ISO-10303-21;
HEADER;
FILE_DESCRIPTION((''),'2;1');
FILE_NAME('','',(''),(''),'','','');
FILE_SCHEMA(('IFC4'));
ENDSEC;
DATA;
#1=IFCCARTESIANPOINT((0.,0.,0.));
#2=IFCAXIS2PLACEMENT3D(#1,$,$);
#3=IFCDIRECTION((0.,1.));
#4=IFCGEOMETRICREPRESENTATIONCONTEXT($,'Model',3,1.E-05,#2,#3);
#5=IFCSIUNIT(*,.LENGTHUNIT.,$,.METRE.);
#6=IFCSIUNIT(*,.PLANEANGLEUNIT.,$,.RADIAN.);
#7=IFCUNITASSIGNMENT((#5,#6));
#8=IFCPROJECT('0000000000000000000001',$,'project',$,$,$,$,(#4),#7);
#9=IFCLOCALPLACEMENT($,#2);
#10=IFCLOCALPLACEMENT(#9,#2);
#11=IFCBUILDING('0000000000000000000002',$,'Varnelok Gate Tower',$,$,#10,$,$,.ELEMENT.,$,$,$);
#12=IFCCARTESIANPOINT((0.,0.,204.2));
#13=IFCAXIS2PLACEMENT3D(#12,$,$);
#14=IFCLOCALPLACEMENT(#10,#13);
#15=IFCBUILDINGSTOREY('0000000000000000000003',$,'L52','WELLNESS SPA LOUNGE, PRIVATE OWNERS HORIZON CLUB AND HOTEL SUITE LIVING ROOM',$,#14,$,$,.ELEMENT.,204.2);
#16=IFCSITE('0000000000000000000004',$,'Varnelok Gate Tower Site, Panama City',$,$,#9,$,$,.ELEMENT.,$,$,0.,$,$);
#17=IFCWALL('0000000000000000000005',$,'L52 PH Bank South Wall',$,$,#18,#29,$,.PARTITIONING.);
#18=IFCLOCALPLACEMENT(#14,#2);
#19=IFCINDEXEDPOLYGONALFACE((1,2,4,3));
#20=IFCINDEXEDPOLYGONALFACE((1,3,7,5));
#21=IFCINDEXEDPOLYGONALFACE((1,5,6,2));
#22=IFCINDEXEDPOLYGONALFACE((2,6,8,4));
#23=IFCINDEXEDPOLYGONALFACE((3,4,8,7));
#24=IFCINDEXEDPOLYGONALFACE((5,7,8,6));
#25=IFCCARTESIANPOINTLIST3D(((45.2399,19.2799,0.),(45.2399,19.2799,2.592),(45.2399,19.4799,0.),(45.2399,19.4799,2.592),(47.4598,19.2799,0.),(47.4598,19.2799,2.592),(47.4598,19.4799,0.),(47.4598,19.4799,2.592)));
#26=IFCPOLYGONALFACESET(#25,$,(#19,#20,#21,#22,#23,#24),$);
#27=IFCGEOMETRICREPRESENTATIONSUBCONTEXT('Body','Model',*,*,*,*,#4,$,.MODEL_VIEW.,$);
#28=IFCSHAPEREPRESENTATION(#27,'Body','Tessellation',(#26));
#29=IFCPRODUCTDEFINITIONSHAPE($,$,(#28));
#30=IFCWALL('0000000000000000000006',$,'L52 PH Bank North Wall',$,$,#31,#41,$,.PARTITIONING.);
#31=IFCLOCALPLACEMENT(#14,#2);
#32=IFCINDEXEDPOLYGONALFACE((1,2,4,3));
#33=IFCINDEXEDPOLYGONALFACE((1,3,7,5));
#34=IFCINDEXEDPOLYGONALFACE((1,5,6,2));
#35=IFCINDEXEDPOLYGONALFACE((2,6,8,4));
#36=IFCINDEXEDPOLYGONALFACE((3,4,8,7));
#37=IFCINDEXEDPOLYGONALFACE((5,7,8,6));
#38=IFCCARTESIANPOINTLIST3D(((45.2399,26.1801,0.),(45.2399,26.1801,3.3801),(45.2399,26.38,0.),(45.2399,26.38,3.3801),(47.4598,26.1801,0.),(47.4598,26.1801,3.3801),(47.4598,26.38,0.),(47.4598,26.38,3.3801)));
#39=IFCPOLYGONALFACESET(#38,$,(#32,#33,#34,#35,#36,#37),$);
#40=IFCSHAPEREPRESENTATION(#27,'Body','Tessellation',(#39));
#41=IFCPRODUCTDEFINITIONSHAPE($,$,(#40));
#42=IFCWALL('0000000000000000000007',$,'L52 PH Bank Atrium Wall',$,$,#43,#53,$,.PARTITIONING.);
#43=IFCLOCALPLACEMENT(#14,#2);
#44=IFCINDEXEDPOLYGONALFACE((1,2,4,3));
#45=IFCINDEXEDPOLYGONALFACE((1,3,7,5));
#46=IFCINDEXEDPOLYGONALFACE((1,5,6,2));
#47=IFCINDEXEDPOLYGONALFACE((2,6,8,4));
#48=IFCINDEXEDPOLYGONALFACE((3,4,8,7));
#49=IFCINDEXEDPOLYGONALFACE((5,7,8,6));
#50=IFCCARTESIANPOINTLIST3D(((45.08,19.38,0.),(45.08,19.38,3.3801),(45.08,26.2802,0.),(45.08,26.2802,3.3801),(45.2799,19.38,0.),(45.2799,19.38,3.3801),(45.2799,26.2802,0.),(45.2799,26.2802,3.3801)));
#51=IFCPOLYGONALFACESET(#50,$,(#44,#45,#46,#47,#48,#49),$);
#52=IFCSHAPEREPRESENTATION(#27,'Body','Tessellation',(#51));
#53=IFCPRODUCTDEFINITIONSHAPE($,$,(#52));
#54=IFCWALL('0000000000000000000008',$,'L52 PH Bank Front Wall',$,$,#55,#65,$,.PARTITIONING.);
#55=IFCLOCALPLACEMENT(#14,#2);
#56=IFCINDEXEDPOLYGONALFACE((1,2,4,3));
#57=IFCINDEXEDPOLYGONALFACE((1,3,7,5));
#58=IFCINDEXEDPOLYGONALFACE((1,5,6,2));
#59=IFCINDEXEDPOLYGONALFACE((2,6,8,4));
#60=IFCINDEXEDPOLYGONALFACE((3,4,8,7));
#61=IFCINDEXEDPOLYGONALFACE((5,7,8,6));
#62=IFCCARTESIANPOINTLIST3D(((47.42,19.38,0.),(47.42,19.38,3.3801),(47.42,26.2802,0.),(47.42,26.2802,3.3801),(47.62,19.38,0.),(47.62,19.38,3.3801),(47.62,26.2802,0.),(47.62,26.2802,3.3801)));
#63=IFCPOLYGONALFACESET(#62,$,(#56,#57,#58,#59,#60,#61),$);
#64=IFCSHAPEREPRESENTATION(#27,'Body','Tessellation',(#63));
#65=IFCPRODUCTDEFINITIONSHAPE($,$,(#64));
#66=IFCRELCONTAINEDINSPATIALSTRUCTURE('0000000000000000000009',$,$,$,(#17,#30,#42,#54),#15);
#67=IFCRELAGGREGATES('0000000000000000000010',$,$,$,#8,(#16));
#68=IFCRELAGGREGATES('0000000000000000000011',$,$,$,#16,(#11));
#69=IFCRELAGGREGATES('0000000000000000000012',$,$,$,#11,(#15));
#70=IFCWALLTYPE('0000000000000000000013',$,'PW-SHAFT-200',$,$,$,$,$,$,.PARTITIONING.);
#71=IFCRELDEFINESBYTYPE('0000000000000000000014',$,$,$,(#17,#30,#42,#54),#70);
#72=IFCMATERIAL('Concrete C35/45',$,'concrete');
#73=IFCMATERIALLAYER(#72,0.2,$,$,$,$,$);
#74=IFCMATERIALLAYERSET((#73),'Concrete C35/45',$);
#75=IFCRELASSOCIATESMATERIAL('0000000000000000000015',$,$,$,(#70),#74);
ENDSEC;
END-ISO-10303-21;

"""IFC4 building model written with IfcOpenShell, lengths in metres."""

from ifc_helpers import new_model, si_unit, direction, frame, frame_2d, origin, place, context, subcontext, project, spatial, rectangle, extrude, material, layer, layer_set, type_object, element, save


model = new_model("IFC4")

# Units and contexts
model_context = context("Model", 3, precision=1e-05, world=origin(), true_north=direction((0.0, 1.0)))
body_context = subcontext(model_context, "Body", "Model", "MODEL_VIEW")
ifc_project = project(units=[si_unit("LENGTHUNIT", "METRE"), si_unit("PLANEANGLEUNIT", "RADIAN")], contexts=[model_context])

# Site, building, storey
site_placement = place(None, origin())
site = spatial("IfcSite", under=ifc_project, at=site_placement, Name="Varnelok Gate Tower Site, Panama City", CompositionType="ELEMENT", RefElevation=0.0)
building_placement = place(site_placement, origin())
building = spatial("IfcBuilding", under=site, at=building_placement, Name="Varnelok Gate Tower", CompositionType="ELEMENT")
storey_placement = place(building_placement, frame((0.0, 0.0, 204.2)))
storey = spatial("IfcBuildingStorey", under=building, at=storey_placement, Name="L52", Description="WELLNESS SPA LOUNGE, PRIVATE OWNERS HORIZON CLUB AND HOTEL SUITE LIVING ROOM", CompositionType="ELEMENT", Elevation=204.2)

# Walls
ifc_material_1 = material(Name="Concrete C35/45", Category="concrete")
ifc_layer_1 = layer(ifc_material_1, 0.2)
ifc_layer_set_1 = layer_set([ifc_layer_1], Name="Concrete C35/45")
wall_type_1 = type_object("IfcWallType", Name="PW-SHAFT-200", PredefinedType="PARTITIONING", material=ifc_layer_set_1)
wall_1_placement = place(storey_placement, frame((45.24, 19.3799, 0.0), z_axis=(0.0, 0.0, 1.0), x_axis=(1.0, 0.0, 0.0)))
element("IfcWall", 1, at=wall_1_placement, inside=storey, type_object=wall_type_1, Name="L52 PH Bank South Wall", PredefinedType="PARTITIONING", context=body_context, shape_type="SweptSolid", body=[
    extrude(rectangle(XDim=2.22, YDim=0.2, at=frame_2d((1.1099, 0.0))), origin(), (0.0, 0.0, 1.0), 2.592),
])
wall_2_placement = place(storey_placement, frame((45.24, 26.28, 0.0), z_axis=(0.0, 0.0, 1.0), x_axis=(1.0, 0.0, 0.0)))
element("IfcWall", 2, at=wall_2_placement, inside=storey, type_object=wall_type_1, Name="L52 PH Bank North Wall", PredefinedType="PARTITIONING", context=body_context, shape_type="SweptSolid", body=[
    extrude(rectangle(XDim=2.22, YDim=0.2, at=frame_2d((1.1099, 0.0))), origin(), (0.0, 0.0, 1.0), 3.3801),
])
for number, where, z_axis, x_axis, name in (
    (3, (45.1799, 19.3799, 0.0), (0.0, 0.0, 1.0), (0.0, 1.0, 0.0), "L52 PH Bank Atrium Wall"),
    (4, (47.52, 19.3799, 0.0), (0.0, 0.0, 1.0), (0.0, 1.0, 0.0), "L52 PH Bank Front Wall"),
):
    element("IfcWall", number, at=place(storey_placement, frame(where, z_axis=z_axis, x_axis=x_axis)), inside=storey, type_object=wall_type_1, Name=name, PredefinedType="PARTITIONING", context=body_context, shape_type="SweptSolid", body=[
        extrude(rectangle(XDim=6.9001, YDim=0.2, at=frame_2d((3.4502, 0.0))), origin(), (0.0, 0.0, 1.0), 3.3801),
    ])

save(model, "model.ifc")
